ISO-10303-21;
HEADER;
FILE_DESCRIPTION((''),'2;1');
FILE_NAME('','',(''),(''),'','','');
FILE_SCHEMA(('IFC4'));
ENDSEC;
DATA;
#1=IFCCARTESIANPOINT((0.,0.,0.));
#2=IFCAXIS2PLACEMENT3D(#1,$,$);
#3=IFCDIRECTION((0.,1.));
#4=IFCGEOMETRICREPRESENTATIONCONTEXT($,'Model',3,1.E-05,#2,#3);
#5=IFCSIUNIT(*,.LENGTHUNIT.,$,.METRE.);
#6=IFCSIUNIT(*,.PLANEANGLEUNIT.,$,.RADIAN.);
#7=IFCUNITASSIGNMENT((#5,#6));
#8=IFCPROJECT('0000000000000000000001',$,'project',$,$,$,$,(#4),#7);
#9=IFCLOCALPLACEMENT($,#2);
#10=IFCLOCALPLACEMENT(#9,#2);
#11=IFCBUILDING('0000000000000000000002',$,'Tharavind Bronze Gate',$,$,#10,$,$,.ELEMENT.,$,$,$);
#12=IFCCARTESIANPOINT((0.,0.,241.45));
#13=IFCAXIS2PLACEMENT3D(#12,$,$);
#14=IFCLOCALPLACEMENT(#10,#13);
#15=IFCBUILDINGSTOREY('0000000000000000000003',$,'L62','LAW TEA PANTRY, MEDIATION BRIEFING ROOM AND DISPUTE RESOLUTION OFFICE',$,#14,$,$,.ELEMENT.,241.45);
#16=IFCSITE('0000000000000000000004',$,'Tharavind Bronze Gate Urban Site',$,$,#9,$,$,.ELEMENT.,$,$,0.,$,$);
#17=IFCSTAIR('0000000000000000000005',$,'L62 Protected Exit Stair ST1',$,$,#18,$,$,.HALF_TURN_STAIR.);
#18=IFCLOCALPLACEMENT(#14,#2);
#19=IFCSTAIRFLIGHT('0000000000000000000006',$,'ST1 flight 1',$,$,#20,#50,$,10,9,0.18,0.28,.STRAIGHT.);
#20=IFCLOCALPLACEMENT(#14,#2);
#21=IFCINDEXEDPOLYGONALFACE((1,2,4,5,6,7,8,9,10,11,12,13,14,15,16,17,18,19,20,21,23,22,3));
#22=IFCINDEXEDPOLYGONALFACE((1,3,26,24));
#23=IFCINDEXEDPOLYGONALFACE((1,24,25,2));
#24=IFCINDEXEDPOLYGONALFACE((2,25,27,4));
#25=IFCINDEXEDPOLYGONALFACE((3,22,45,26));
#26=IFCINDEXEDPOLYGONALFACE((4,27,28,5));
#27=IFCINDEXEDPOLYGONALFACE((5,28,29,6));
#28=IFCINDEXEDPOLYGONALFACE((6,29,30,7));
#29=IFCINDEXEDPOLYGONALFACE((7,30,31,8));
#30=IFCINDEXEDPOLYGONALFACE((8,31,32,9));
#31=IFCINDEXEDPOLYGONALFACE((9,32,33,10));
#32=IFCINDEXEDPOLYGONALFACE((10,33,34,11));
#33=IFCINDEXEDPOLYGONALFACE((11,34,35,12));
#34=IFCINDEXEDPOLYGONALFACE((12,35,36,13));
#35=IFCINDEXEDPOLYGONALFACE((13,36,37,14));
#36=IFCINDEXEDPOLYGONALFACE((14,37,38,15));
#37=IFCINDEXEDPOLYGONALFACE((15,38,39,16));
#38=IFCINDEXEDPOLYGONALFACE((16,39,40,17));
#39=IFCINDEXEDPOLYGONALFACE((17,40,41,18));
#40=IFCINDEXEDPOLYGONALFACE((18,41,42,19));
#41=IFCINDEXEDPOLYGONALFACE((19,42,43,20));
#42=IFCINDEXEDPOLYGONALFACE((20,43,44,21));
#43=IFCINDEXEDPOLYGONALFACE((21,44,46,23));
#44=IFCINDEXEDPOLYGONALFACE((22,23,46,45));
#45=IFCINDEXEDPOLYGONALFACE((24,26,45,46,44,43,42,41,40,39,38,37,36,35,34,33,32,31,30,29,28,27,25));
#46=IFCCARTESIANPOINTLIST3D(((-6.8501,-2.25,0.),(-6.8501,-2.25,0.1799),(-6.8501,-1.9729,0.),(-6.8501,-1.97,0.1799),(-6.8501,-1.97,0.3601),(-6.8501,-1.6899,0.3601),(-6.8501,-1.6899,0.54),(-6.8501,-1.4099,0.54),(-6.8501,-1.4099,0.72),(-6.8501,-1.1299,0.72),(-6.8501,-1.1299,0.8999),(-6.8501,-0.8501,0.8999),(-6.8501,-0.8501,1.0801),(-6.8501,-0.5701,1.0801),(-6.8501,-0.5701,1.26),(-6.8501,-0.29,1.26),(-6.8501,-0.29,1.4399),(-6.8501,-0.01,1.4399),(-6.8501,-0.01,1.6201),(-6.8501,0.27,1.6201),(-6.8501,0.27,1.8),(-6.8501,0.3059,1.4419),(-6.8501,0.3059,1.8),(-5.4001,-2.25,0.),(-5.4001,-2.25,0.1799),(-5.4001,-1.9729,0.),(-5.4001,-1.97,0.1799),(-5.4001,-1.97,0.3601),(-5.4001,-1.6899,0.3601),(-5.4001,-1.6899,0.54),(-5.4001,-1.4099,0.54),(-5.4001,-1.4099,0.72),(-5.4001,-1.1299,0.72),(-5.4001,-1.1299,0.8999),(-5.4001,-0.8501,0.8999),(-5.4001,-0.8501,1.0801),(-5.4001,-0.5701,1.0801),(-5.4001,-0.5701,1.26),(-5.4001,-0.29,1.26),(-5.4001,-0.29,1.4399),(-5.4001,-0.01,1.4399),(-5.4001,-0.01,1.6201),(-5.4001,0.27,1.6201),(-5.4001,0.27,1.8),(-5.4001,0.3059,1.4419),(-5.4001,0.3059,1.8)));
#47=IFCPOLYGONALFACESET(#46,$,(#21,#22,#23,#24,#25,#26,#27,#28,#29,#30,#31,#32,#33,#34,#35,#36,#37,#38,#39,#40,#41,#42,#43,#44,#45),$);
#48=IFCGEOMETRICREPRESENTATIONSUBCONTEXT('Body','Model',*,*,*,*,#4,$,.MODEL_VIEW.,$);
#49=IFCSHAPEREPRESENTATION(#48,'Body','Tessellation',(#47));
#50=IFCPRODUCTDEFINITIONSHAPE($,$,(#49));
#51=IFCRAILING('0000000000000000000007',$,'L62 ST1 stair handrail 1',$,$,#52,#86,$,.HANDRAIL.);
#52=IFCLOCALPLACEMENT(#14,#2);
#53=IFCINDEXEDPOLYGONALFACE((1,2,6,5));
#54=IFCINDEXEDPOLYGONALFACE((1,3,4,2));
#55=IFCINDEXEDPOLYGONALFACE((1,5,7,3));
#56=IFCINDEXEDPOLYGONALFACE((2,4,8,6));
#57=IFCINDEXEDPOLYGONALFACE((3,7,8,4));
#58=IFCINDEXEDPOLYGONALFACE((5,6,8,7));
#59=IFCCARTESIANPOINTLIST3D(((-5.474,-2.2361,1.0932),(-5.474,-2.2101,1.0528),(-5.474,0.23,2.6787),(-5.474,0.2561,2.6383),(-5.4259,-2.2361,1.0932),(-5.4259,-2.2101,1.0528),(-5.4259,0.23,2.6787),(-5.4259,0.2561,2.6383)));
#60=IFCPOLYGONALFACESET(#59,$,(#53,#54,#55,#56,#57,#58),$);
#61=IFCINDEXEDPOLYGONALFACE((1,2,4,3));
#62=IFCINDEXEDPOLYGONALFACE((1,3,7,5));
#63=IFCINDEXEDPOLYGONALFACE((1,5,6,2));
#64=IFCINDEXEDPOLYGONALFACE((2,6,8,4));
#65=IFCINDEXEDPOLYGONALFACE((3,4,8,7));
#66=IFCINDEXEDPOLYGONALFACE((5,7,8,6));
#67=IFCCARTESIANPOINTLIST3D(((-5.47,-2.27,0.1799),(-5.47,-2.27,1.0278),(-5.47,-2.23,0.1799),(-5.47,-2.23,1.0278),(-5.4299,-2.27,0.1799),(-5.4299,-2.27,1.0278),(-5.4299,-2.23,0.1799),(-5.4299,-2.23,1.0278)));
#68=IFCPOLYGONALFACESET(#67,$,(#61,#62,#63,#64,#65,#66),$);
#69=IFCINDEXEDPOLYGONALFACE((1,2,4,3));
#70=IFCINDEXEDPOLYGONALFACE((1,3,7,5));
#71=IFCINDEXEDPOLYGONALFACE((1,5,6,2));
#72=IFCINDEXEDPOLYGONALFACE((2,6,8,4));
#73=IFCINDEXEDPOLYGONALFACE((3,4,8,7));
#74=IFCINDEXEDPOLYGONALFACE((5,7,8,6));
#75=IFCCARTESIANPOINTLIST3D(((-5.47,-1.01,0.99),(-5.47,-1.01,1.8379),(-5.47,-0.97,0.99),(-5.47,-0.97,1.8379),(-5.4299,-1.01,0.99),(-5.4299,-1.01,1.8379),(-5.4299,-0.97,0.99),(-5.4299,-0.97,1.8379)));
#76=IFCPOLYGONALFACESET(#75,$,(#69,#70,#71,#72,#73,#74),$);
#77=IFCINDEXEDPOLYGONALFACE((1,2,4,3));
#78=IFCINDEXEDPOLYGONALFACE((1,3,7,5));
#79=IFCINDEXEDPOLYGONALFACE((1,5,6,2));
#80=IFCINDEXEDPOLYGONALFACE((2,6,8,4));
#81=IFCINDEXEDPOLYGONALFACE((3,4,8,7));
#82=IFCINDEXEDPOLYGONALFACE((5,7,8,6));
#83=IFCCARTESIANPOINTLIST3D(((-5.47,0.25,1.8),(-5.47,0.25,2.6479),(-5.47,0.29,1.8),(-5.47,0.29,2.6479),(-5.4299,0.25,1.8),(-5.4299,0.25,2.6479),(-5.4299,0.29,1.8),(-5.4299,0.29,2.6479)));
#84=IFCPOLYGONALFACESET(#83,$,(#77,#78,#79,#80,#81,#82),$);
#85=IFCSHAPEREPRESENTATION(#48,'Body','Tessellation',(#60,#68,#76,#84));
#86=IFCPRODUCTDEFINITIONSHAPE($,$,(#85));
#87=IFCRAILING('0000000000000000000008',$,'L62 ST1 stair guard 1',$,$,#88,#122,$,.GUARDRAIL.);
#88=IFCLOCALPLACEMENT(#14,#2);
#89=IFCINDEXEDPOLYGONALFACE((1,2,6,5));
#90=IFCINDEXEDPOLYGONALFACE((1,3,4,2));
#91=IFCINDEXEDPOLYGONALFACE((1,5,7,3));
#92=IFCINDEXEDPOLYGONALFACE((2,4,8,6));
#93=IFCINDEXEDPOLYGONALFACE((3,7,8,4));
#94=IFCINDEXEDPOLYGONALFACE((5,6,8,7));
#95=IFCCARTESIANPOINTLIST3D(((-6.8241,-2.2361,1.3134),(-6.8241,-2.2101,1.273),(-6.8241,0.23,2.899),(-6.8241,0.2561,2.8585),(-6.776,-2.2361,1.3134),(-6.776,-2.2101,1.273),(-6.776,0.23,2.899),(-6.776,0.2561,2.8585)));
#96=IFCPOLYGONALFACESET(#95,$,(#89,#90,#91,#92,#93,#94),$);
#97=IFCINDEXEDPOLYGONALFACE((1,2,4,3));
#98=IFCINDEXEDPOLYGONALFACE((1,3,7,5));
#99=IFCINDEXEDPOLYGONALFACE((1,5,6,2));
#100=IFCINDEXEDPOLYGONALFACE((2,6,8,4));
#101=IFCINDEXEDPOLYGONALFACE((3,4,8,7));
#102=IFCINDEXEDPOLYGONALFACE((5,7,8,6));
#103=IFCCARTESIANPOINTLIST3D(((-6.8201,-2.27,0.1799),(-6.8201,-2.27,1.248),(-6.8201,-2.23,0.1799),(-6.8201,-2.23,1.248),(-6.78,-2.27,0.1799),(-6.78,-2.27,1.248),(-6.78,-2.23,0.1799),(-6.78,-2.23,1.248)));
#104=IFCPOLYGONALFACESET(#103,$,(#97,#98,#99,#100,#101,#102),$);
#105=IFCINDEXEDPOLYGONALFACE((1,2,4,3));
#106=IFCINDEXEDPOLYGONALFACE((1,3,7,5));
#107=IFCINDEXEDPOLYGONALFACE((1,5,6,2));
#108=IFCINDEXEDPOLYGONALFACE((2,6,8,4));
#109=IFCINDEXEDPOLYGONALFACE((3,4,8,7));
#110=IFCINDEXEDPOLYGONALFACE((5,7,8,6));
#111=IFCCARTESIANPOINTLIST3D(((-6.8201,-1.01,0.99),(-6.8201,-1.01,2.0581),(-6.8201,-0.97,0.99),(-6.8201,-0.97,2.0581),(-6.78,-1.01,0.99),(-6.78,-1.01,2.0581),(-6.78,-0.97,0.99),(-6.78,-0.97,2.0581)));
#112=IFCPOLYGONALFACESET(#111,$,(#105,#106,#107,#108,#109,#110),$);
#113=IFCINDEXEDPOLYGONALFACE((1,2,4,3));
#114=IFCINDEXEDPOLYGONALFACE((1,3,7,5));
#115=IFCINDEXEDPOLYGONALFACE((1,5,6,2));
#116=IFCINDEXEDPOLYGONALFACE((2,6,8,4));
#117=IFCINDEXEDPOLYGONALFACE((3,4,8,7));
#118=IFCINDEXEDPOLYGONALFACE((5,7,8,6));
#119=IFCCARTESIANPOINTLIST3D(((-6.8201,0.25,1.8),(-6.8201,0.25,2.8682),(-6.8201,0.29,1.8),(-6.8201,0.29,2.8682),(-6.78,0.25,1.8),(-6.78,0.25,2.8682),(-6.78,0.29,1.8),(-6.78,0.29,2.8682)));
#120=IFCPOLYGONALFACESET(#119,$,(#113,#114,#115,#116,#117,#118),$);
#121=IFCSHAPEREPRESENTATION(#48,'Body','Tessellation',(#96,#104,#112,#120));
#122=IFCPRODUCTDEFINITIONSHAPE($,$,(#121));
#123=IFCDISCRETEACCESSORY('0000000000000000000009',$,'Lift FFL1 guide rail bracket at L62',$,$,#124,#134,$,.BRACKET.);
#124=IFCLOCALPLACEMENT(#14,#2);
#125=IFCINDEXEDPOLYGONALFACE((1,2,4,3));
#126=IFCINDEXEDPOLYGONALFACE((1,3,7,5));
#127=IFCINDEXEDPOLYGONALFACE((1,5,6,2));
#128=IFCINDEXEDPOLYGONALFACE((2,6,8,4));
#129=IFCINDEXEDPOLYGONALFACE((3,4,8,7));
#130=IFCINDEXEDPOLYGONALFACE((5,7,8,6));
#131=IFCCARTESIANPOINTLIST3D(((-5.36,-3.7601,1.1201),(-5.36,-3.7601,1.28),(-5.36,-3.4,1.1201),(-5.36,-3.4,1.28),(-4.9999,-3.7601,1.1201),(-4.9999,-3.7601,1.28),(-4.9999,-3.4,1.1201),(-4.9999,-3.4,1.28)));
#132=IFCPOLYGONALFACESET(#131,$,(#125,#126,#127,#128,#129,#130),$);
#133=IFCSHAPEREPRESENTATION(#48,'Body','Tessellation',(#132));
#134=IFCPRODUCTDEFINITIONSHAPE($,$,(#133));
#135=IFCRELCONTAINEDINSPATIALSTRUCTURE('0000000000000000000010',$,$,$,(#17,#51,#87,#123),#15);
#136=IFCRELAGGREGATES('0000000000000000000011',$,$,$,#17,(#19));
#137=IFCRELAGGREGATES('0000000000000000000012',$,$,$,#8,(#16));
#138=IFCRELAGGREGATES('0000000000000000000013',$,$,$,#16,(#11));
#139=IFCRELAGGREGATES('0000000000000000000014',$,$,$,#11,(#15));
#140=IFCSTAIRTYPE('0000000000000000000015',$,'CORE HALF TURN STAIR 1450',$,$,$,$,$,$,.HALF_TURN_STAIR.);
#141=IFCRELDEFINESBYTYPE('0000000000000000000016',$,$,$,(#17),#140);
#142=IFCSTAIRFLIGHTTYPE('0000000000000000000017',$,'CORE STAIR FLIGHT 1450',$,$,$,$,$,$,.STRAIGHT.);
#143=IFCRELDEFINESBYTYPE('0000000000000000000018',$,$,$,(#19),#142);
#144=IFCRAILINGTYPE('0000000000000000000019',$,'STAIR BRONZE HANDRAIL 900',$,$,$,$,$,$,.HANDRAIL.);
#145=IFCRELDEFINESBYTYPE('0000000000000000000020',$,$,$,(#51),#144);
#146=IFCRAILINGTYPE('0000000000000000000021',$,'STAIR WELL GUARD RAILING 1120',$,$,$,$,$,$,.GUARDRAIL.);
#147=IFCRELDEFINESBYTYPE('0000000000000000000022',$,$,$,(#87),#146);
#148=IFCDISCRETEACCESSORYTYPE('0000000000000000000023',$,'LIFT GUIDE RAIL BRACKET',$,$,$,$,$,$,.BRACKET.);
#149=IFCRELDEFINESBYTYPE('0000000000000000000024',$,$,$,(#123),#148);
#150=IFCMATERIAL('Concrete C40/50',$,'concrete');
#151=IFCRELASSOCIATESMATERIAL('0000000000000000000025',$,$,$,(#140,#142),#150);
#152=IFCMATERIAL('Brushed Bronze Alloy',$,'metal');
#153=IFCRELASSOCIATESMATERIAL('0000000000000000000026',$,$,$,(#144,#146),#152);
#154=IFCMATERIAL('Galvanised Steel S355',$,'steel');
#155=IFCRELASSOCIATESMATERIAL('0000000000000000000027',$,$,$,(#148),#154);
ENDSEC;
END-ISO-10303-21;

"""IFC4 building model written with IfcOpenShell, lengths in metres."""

from ifc_helpers import new_model, si_unit, direction, frame, origin, origin_2d, place, context, subcontext, project, spatial, polyline, rectangle, outline, extrude, material, type_object, element, aggregate, save


model = new_model("IFC4")

# Units and contexts
model_context = context("Model", 3, precision=1e-05, world=origin(), true_north=direction((0.0, 1.0)))
body_context = subcontext(model_context, "Body", "Model", "MODEL_VIEW")
ifc_project = project(units=[si_unit("LENGTHUNIT", "METRE"), si_unit("PLANEANGLEUNIT", "RADIAN")], contexts=[model_context])

# Site, building, storey
site_placement = place(None, origin())
site = spatial("IfcSite", under=ifc_project, at=site_placement, Name="Tharavind Bronze Gate Urban Site", CompositionType="ELEMENT", RefElevation=0.0)
building_placement = place(site_placement, origin())
building = spatial("IfcBuilding", under=site, at=building_placement, Name="Tharavind Bronze Gate", CompositionType="ELEMENT")
storey_placement = place(building_placement, frame((0.0, 0.0, 241.45)))
storey = spatial("IfcBuildingStorey", under=building, at=storey_placement, Name="L62", Description="LAW TEA PANTRY, MEDIATION BRIEFING ROOM AND DISPUTE RESOLUTION OFFICE", CompositionType="ELEMENT", Elevation=241.45)

# Shared definitions
ifc_material_1 = material(Name="Concrete C40/50", Category="concrete")

# Stair, stair flight
stair_type = type_object("IfcStairType", Name="CORE HALF TURN STAIR 1450", PredefinedType="HALF_TURN_STAIR", material=ifc_material_1)
stair_placement = place(storey_placement, origin())
stair = element("IfcStair", 1, at=stair_placement, inside=storey, type_object=stair_type, Name="L62 Protected Exit Stair ST1", PredefinedType="HALF_TURN_STAIR")
stair_flight_type = type_object("IfcStairFlightType", Name="CORE STAIR FLIGHT 1450", PredefinedType="STRAIGHT", material=ifc_material_1)
stair_flight_placement = place(storey_placement, frame((-6.125, -2.25, 0.0), z_axis=(0.0, 0.0, 1.0), x_axis=(0.0, 1.0, 0.0)))
stair_flight = element("IfcStairFlight", 2, at=stair_flight_placement, type_object=stair_flight_type, Name="ST1 flight 1", NumberOfRisers=10, NumberOfTreads=9, PredefinedType="STRAIGHT", RiserHeight=0.18, TreadLength=0.28, context=body_context, shape_type="SweptSolid", body=[
    extrude(outline(polyline([(0.0, 0.0), (0.0, 0.1799), (0.28, 0.1799), (0.28, 0.3601), (0.5601, 0.3601), (0.5601, 0.54), (0.8401, 0.54), (0.8401, 0.72), (1.1201, 0.72), (1.1201, 0.8999), (1.3999, 0.8999), (1.3999, 1.0801), (1.6799, 1.0801), (1.6799, 1.26), (1.96, 1.26), (1.96, 1.4399), (2.24, 1.4399), (2.24, 1.6201), (2.52, 1.6201), (2.52, 1.8), (2.5559, 1.8), (2.5559, 1.4419), (0.2771, 0.0), (0.0, 0.0)])), frame((0.0, 0.7251, 0.0), z_axis=(0.0, -1.0, 0.0), x_axis=(1.0, 0.0, 0.0)), (0.0, 0.0, 1.0), 1.45),
])
aggregate(stair, [stair_flight])

# Railings
ifc_material_2 = material(Name="Brushed Bronze Alloy", Category="metal")
railing_type_1 = type_object("IfcRailingType", Name="STAIR BRONZE HANDRAIL 900", PredefinedType="HANDRAIL", material=ifc_material_2)
railing_1_placement = place(storey_placement, frame((-5.45, -2.25, 0.1799)))
element("IfcRailing", 3, at=railing_1_placement, inside=storey, type_object=railing_type_1, Name="L62 ST1 stair handrail 1", PredefinedType="HANDRAIL", context=body_context, shape_type="SweptSolid", body=[
    extrude(rectangle(XDim=0.0481, YDim=0.0481, at=origin_2d()), frame((0.0, 0.0269, 0.8931), z_axis=(0.0, 0.841163, 0.540782), x_axis=(-1.0, 0.0, 0.0)), (0.0, 0.0, 1.0), 2.9319),
    extrude(rectangle(XDim=0.04, YDim=0.04, at=origin_2d()), origin(), (0.0, 0.0, 1.0), 0.8479),
    extrude(rectangle(XDim=0.04, YDim=0.04, at=origin_2d()), frame((0.0, 1.26, 0.8101)), (0.0, 0.0, 1.0), 0.8479),
    extrude(rectangle(XDim=0.04, YDim=0.04, at=origin_2d()), frame((0.0, 2.52, 1.6201)), (0.0, 0.0, 1.0), 0.8479),
])
railing_type_2 = type_object("IfcRailingType", Name="STAIR WELL GUARD RAILING 1120", PredefinedType="GUARDRAIL", material=ifc_material_2)
railing_2_placement = place(storey_placement, frame((-6.8, -2.25, 0.1799)))
element("IfcRailing", 4, at=railing_2_placement, inside=storey, type_object=railing_type_2, Name="L62 ST1 stair guard 1", PredefinedType="GUARDRAIL", context=body_context, shape_type="SweptSolid", body=[
    extrude(rectangle(XDim=0.0481, YDim=0.0481, at=origin_2d()), frame((0.0, 0.0269, 1.1133), z_axis=(0.0, 0.841163, 0.540782), x_axis=(-1.0, 0.0, 0.0)), (0.0, 0.0, 1.0), 2.9319),
    extrude(rectangle(XDim=0.04, YDim=0.04, at=origin_2d()), origin(), (0.0, 0.0, 1.0), 1.0681),
    extrude(rectangle(XDim=0.04, YDim=0.04, at=origin_2d()), frame((0.0, 1.26, 0.8101)), (0.0, 0.0, 1.0), 1.0681),
    extrude(rectangle(XDim=0.04, YDim=0.04, at=origin_2d()), frame((0.0, 2.52, 1.6201)), (0.0, 0.0, 1.0), 1.0681),
])

# Discrete accessory
ifc_material_3 = material(Name="Galvanised Steel S355", Category="steel")
discrete_accessory_type = type_object("IfcDiscreteAccessoryType", Name="LIFT GUIDE RAIL BRACKET", PredefinedType="BRACKET", material=ifc_material_3)
discrete_accessory_placement = place(storey_placement, frame((-5.1799, -3.5801, 1.1201), z_axis=(0.0, 0.0, 1.0), x_axis=(1.0, 0.0, 0.0)))
element("IfcDiscreteAccessory", 5, at=discrete_accessory_placement, inside=storey, type_object=discrete_accessory_type, Name="Lift FFL1 guide rail bracket at L62", PredefinedType="BRACKET", context=body_context, shape_type="SweptSolid", body=[
    extrude(rectangle(XDim=0.3601, YDim=0.3601, at=origin_2d()), origin(), (0.0, 0.0, 1.0), 0.1599),
])

save(model, "model.ifc")
